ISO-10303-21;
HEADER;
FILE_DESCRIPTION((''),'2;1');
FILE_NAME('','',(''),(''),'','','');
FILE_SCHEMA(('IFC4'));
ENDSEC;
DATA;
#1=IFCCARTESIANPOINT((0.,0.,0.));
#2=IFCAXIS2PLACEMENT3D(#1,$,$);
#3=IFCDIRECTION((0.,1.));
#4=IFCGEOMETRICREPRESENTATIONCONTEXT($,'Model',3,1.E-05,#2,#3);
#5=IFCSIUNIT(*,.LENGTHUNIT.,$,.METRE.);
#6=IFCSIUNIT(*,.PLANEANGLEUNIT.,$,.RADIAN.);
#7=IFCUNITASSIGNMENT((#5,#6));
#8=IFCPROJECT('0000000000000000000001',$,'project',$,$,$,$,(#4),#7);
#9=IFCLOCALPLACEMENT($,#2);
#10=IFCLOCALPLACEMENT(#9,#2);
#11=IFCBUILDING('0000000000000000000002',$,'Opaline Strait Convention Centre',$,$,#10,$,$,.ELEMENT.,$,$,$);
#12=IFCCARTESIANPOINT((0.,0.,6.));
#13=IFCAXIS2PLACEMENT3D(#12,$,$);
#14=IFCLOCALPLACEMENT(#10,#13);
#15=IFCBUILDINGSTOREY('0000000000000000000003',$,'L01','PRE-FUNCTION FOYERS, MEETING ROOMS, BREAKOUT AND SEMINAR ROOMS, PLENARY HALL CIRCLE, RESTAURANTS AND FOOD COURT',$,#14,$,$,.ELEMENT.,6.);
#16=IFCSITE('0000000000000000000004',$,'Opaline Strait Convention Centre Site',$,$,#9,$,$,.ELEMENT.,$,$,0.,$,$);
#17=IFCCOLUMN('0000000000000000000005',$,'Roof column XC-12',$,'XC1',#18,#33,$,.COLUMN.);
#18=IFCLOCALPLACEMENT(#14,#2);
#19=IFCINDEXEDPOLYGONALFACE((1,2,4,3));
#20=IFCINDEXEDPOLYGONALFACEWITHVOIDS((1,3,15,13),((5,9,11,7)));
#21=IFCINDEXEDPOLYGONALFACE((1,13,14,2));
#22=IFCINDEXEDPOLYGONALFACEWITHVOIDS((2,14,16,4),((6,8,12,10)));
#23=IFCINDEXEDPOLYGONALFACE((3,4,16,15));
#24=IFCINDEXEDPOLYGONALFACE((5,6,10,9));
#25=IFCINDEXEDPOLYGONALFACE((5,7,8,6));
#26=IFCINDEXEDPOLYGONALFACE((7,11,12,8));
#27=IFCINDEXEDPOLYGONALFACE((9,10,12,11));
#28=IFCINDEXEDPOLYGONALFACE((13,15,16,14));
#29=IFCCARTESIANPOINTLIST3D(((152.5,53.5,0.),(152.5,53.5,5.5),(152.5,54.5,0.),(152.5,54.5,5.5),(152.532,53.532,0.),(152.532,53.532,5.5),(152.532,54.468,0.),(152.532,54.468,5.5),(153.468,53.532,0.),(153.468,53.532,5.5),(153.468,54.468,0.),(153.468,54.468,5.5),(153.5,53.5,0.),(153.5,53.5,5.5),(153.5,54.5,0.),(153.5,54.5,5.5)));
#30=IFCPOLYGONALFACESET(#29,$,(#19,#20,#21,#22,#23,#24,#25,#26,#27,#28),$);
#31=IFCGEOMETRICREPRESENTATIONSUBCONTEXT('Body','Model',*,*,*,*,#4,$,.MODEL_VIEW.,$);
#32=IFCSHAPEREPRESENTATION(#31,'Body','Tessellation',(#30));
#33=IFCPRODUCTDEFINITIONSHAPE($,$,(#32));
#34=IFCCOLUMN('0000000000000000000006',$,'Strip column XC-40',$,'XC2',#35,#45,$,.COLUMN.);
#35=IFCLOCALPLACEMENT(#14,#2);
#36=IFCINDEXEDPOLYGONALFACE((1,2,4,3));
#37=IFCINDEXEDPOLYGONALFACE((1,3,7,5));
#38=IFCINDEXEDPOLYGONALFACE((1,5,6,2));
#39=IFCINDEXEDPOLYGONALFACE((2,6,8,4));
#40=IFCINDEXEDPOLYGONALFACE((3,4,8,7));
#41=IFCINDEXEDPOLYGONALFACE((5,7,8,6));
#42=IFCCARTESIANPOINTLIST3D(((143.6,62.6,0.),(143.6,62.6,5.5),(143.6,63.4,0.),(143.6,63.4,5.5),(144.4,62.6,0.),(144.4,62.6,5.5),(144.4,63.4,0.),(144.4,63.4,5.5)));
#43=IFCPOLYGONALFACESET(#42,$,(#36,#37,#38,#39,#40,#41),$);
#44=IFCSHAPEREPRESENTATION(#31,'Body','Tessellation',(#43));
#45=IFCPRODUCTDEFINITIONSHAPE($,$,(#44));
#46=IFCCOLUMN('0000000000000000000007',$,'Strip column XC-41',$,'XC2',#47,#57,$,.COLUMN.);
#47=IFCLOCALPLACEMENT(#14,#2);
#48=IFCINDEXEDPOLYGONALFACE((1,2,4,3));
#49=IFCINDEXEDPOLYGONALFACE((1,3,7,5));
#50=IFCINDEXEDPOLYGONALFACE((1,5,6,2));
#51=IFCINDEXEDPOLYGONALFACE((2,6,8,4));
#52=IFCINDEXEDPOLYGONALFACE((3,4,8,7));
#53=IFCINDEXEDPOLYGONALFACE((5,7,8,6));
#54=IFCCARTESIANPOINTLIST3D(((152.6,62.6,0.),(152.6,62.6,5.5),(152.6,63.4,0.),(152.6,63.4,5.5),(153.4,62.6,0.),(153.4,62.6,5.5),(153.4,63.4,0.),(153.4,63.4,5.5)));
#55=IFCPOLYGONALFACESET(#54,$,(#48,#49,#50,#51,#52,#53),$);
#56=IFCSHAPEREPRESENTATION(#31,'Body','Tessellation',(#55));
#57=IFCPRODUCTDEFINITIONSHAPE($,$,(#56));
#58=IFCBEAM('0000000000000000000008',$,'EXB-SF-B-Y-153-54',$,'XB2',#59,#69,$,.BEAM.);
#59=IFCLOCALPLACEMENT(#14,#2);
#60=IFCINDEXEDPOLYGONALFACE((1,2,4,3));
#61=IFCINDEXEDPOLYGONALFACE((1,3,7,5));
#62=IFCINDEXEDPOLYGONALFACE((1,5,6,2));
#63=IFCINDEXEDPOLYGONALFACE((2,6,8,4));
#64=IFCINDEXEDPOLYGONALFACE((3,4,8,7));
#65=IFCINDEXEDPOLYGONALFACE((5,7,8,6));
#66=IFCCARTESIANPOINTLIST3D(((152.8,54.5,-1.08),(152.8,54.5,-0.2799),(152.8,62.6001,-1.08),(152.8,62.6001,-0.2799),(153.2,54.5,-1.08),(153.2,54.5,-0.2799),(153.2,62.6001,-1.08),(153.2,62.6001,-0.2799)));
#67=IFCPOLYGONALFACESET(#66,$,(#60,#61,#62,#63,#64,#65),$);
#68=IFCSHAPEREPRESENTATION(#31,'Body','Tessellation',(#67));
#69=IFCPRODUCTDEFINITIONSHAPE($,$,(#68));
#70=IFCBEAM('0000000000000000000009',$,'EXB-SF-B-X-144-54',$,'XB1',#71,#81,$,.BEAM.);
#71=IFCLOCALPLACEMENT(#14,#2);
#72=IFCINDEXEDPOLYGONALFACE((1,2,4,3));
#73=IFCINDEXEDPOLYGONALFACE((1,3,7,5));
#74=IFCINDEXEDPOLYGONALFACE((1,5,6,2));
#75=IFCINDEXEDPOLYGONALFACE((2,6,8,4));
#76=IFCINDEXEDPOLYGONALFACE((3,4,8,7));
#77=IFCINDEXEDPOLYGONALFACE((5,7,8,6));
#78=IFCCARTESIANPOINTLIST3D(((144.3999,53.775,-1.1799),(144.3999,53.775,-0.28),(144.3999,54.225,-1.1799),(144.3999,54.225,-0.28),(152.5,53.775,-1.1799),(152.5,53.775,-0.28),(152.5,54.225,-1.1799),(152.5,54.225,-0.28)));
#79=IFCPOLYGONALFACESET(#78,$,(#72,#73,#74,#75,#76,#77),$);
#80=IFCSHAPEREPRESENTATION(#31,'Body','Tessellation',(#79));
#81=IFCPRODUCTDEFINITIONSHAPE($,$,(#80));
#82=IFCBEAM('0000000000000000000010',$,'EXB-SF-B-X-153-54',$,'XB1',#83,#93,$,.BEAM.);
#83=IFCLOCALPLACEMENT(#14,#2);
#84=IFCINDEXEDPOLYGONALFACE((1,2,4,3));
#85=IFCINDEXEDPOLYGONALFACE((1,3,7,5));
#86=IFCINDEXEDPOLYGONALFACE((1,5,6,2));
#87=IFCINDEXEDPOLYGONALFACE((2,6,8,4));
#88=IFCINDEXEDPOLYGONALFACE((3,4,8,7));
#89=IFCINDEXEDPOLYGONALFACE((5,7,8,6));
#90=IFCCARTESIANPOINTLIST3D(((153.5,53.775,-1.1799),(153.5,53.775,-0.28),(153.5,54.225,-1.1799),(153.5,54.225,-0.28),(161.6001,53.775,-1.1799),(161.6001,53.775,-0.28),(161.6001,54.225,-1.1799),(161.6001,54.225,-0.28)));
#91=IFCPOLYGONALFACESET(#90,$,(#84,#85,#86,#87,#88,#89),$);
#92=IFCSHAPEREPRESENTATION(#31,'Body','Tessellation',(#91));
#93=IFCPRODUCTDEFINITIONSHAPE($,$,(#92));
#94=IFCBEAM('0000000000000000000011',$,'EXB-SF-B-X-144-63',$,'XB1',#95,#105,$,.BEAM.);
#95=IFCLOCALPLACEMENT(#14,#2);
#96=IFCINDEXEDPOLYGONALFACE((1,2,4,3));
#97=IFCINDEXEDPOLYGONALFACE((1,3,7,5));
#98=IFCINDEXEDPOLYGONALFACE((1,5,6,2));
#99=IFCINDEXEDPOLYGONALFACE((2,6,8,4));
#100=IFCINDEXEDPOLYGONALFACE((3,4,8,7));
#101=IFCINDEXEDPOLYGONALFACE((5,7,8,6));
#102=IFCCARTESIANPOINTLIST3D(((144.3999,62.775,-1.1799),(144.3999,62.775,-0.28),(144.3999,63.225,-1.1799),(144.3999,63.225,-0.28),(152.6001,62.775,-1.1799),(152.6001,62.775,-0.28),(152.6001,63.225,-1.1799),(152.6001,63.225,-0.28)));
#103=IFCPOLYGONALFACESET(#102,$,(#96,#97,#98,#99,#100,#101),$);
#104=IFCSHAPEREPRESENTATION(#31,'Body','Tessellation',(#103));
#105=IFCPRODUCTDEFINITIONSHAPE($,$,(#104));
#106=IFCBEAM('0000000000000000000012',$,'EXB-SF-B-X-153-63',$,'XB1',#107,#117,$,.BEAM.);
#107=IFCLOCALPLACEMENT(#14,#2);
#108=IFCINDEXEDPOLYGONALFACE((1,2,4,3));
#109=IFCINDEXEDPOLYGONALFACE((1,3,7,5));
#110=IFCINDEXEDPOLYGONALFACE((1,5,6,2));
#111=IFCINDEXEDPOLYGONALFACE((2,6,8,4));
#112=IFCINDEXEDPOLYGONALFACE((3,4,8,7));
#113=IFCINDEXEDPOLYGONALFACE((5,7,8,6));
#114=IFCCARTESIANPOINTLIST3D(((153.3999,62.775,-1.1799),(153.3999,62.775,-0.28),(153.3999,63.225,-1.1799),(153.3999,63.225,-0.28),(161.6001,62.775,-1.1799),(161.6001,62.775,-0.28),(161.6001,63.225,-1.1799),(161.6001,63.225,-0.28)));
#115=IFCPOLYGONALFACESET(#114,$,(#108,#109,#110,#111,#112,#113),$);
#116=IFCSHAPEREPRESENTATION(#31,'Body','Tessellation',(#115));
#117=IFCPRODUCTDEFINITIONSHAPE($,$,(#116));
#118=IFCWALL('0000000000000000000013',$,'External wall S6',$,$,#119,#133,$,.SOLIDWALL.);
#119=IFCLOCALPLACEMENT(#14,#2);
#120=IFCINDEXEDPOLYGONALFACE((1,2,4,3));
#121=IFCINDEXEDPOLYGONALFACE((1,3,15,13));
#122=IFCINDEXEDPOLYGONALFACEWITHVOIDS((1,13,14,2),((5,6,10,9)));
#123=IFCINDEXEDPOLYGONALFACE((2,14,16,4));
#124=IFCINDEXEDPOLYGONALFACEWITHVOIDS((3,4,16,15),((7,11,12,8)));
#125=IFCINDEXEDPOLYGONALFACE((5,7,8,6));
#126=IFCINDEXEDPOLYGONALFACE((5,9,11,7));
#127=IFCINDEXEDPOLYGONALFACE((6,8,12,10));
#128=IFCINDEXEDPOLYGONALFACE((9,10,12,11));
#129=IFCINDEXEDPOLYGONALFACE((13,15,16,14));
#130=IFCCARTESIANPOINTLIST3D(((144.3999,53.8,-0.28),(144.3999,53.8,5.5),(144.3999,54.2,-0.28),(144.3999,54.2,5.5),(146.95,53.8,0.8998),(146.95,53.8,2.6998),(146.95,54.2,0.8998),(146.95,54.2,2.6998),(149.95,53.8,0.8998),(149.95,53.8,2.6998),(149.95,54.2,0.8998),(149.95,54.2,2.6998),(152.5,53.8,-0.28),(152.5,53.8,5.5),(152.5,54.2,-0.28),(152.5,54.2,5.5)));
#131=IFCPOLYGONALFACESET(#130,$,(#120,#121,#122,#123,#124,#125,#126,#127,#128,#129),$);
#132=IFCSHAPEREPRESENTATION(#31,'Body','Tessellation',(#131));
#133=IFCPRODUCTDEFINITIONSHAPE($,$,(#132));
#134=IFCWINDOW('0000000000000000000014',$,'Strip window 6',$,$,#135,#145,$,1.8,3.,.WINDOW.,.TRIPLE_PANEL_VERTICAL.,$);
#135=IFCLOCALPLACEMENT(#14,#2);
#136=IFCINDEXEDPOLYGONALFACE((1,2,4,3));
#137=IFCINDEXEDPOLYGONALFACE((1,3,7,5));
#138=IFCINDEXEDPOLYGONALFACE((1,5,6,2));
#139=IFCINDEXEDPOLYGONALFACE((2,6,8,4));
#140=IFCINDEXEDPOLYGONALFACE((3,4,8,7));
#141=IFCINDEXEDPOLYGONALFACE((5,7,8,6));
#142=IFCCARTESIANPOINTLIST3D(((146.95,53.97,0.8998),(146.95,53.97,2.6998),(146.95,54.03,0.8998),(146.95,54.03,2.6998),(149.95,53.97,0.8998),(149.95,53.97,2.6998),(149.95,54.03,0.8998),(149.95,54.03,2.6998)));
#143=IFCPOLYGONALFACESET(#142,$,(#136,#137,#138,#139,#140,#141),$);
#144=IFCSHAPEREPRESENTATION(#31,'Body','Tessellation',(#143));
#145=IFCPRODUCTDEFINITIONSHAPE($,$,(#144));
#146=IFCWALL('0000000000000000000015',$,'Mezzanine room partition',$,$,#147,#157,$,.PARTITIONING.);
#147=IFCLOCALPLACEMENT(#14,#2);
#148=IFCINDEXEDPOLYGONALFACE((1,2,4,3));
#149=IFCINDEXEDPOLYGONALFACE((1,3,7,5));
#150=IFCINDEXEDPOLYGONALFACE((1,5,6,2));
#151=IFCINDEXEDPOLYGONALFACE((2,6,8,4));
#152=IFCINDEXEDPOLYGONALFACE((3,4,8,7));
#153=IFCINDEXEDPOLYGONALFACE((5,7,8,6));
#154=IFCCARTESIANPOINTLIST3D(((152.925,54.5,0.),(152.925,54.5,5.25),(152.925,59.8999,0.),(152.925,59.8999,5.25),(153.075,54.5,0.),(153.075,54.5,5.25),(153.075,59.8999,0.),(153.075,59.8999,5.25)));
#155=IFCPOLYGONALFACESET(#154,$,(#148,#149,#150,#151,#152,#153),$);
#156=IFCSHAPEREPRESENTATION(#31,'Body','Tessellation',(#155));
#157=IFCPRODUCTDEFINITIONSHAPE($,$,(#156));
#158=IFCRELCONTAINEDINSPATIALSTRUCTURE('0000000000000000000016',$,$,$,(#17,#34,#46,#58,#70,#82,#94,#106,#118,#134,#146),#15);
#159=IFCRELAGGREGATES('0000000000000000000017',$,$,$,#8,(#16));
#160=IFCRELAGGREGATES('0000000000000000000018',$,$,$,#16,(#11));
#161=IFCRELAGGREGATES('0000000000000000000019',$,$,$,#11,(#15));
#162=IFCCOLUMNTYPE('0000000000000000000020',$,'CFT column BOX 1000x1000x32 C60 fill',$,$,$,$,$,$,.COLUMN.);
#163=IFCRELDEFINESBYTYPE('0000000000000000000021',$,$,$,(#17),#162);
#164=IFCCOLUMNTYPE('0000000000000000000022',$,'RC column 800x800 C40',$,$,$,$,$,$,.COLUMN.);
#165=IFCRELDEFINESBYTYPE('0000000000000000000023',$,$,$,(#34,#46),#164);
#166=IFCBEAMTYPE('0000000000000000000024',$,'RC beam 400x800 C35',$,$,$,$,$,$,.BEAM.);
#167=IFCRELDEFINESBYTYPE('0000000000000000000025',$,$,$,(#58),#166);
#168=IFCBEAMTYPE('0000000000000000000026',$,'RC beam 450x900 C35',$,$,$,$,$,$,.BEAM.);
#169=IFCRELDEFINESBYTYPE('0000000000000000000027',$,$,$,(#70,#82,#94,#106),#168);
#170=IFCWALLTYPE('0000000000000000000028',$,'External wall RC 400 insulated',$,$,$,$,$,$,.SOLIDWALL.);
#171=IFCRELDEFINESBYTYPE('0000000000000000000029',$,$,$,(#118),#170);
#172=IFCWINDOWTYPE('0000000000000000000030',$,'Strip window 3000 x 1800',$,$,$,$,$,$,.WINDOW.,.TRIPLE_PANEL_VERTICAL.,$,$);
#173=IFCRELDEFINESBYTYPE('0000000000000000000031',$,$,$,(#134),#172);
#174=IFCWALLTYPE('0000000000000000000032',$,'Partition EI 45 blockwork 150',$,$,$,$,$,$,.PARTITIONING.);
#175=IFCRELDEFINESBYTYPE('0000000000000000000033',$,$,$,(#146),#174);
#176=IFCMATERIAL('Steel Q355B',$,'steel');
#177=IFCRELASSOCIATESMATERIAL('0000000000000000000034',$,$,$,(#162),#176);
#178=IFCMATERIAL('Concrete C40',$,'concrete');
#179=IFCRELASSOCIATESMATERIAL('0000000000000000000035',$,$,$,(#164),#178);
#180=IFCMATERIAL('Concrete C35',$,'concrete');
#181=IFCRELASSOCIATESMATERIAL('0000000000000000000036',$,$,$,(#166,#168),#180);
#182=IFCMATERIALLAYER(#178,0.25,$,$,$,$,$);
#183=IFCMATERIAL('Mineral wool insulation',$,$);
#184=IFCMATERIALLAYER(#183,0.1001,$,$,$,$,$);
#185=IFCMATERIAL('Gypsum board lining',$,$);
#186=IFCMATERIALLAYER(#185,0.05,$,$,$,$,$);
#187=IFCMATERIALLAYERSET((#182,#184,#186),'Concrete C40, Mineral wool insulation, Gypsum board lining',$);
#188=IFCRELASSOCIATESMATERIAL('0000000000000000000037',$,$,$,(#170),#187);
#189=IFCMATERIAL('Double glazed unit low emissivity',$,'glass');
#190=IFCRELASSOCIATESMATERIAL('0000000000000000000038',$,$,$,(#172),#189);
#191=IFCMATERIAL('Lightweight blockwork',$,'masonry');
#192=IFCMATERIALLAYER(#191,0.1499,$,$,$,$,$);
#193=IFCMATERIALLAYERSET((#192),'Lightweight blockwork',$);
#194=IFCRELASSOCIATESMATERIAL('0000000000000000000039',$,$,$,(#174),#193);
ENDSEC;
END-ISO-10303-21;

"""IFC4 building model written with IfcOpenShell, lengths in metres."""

from ifc_helpers import new_model, si_unit, direction, frame, frame_2d, origin, origin_2d, place, context, subcontext, project, spatial, rectangle, hollow_rectangle, extrude, material, layer, layer_set, material_profile, profile_set, type_object, element, fill, save


model = new_model("IFC4")

# Units and contexts
model_context = context("Model", 3, precision=1e-05, world=origin(), true_north=direction((0.0, 1.0)))
body_context = subcontext(model_context, "Body", "Model", "MODEL_VIEW")
ifc_project = project(units=[si_unit("LENGTHUNIT", "METRE"), si_unit("PLANEANGLEUNIT", "RADIAN")], contexts=[model_context])

# Site, building, storey
site_placement = place(None, origin())
site = spatial("IfcSite", under=ifc_project, at=site_placement, Name="Opaline Strait Convention Centre Site", CompositionType="ELEMENT", RefElevation=0.0)
building_placement = place(site_placement, origin())
building = spatial("IfcBuilding", under=site, at=building_placement, Name="Opaline Strait Convention Centre", CompositionType="ELEMENT")
storey_placement = place(building_placement, frame((0.0, 0.0, 6.0)))
storey = spatial("IfcBuildingStorey", under=building, at=storey_placement, Name="L01", Description="PRE-FUNCTION FOYERS, MEETING ROOMS, BREAKOUT AND SEMINAR ROOMS, PLENARY HALL CIRCLE, RESTAURANTS AND FOOD COURT", CompositionType="ELEMENT", Elevation=6.0)

# Columns
ifc_material_1 = material(Name="Steel Q355B", Category="steel")
ifc_material_profile_1 = material_profile(ifc_material_1, hollow_rectangle(XDim=1.0, YDim=1.0, WallThickness=0.032, at=origin_2d()), Name="BOX 1000x1000x32")
ifc_profile_set_1 = profile_set([ifc_material_profile_1], Name="Steel Q355B")
column_type_1 = type_object("IfcColumnType", Name="CFT column BOX 1000x1000x32 C60 fill", PredefinedType="COLUMN", material=ifc_profile_set_1)
column_placement = place(storey_placement, frame((153.0, 54.0, 0.0), z_axis=(0.0, 0.0, 1.0), x_axis=(1.0, 0.0, 0.0)))
element("IfcColumn", 1, at=column_placement, inside=storey, type_object=column_type_1, Name="Roof column XC-12", ObjectType="XC1", PredefinedType="COLUMN", context=body_context, shape_type="SweptSolid", body=[
    extrude(hollow_rectangle(XDim=1.0, YDim=1.0, WallThickness=0.032, at=origin_2d()), origin(), (0.0, 0.0, 1.0), 5.5),
])
ifc_material_2 = material(Name="Concrete C40", Category="concrete")
ifc_material_profile_2 = material_profile(ifc_material_2, rectangle(XDim=0.8, YDim=0.8, at=origin_2d()), Name="RC 800x800")
ifc_profile_set_2 = profile_set([ifc_material_profile_2], Name="Concrete C40")
column_type_2 = type_object("IfcColumnType", Name="RC column 800x800 C40", PredefinedType="COLUMN", material=ifc_profile_set_2)
for number, where, z_axis, x_axis, name in (
    (2, (144.0, 63.0, 0.0), (0.0, 0.0, 1.0), (1.0, 0.0, 0.0), "Strip column XC-40"),
    (3, (153.0, 63.0, 0.0), (0.0, 0.0, 1.0), (1.0, 0.0, 0.0), "Strip column XC-41"),
):
    element("IfcColumn", number, at=place(storey_placement, frame(where, z_axis=z_axis, x_axis=x_axis)), inside=storey, type_object=column_type_2, Name=name, ObjectType="XC2", PredefinedType="COLUMN", context=body_context, shape_type="SweptSolid", body=[
        extrude(rectangle(XDim=0.8, YDim=0.8, at=origin_2d()), origin(), (0.0, 0.0, 1.0), 5.5),
    ])

# Beams
ifc_material_3 = material(Name="Concrete C35", Category="concrete")
ifc_material_profile_3 = material_profile(ifc_material_3, rectangle(XDim=0.3999, YDim=0.8, at=origin_2d()), Name="RC 400x800")
ifc_profile_set_3 = profile_set([ifc_material_profile_3], Name="Concrete C35")
beam_type_1 = type_object("IfcBeamType", Name="RC beam 400x800 C35", PredefinedType="BEAM", material=ifc_profile_set_3)
beam_placement = place(storey_placement, frame((153.0, 54.5, -0.6799), z_axis=(0.0, 1.0, 0.0), x_axis=(-1.0, 0.0, 0.0)))
element("IfcBeam", 4, at=beam_placement, inside=storey, type_object=beam_type_1, Name="EXB-SF-B-Y-153-54", ObjectType="XB2", PredefinedType="BEAM", context=body_context, shape_type="SweptSolid", body=[
    extrude(rectangle(XDim=0.3999, YDim=0.8, at=origin_2d()), origin(), (0.0, 0.0, 1.0), 8.1001),
])
ifc_material_profile_4 = material_profile(ifc_material_3, rectangle(XDim=0.45, YDim=0.8999, at=origin_2d()), Name="RC 450x900")
ifc_profile_set_4 = profile_set([ifc_material_profile_4], Name="Concrete C35")
beam_type_2 = type_object("IfcBeamType", Name="RC beam 450x900 C35", PredefinedType="BEAM", material=ifc_profile_set_4)
for number, where, z_axis, x_axis, name in (
    (5, (144.3999, 54.0, -0.73), (1.0, 0.0, 0.0), (0.0, 1.0, 0.0), "EXB-SF-B-X-144-54"),
    (6, (153.5, 54.0, -0.73), (1.0, 0.0, 0.0), (0.0, 1.0, 0.0), "EXB-SF-B-X-153-54"),
):
    element("IfcBeam", number, at=place(storey_placement, frame(where, z_axis=z_axis, x_axis=x_axis)), inside=storey, type_object=beam_type_2, Name=name, ObjectType="XB1", PredefinedType="BEAM", context=body_context, shape_type="SweptSolid", body=[
        extrude(rectangle(XDim=0.45, YDim=0.8999, at=origin_2d()), origin(), (0.0, 0.0, 1.0), 8.1001),
    ])
for number, where, z_axis, x_axis, name in (
    (7, (144.3999, 63.0, -0.73), (1.0, 0.0, 0.0), (0.0, 1.0, 0.0), "EXB-SF-B-X-144-63"),
    (8, (153.3999, 63.0, -0.73), (1.0, 0.0, 0.0), (0.0, 1.0, 0.0), "EXB-SF-B-X-153-63"),
):
    element("IfcBeam", number, at=place(storey_placement, frame(where, z_axis=z_axis, x_axis=x_axis)), inside=storey, type_object=beam_type_2, Name=name, ObjectType="XB1", PredefinedType="BEAM", context=body_context, shape_type="SweptSolid", body=[
        extrude(rectangle(XDim=0.45, YDim=0.8999, at=origin_2d()), origin(), (0.0, 0.0, 1.0), 8.2002),
    ])

# Wall, opening, window
ifc_layer_1 = layer(ifc_material_2, 0.25)
ifc_material_4 = material(Name="Mineral wool insulation")
ifc_layer_2 = layer(ifc_material_4, 0.1001)
ifc_material_5 = material(Name="Gypsum board lining")
ifc_layer_3 = layer(ifc_material_5, 0.05)
ifc_layer_set_1 = layer_set([ifc_layer_1, ifc_layer_2, ifc_layer_3], Name="Concrete C40, Mineral wool insulation, Gypsum board lining")
wall_type_1 = type_object("IfcWallType", Name="External wall RC 400 insulated", PredefinedType="SOLIDWALL", material=ifc_layer_set_1)
wall_1_placement = place(storey_placement, frame((144.3999, 54.0, -0.28), z_axis=(0.0, 0.0, 1.0), x_axis=(1.0, 0.0, 0.0)))
wall_1 = element("IfcWall", 9, at=wall_1_placement, inside=storey, type_object=wall_type_1, Name="External wall S6", PredefinedType="SOLIDWALL", context=body_context, shape_type="SweptSolid", body=[
    extrude(rectangle(XDim=8.1001, YDim=0.3999, at=frame_2d((4.05, 0.0))), origin(), (0.0, 0.0, 1.0), 5.78),
])
opening_1_placement = place(wall_1_placement, frame((2.55, 0.0, 1.1799)))
opening_1 = element("IfcOpeningElement", 10, at=opening_1_placement, cuts=wall_1, PredefinedType="OPENING", context=body_context, shape_type="SweptSolid", body=[
    extrude(rectangle(XDim=3.0, YDim=1.8, at=frame_2d((1.5, 0.8999))), frame((0.0, 0.21, 0.0), z_axis=(0.0, -1.0, 0.0), x_axis=(1.0, 0.0, 0.0)), (0.0, 0.0, 1.0), 0.4199),
])
ifc_material_6 = material(Name="Double glazed unit low emissivity", Category="glass")
window_type = type_object("IfcWindowType", Name="Strip window 3000 x 1800", PartitioningType="TRIPLE_PANEL_VERTICAL", PredefinedType="WINDOW", material=ifc_material_6)
window_placement = place(opening_1_placement, origin())
window = element("IfcWindow", 11, at=window_placement, inside=storey, type_object=window_type, Name="Strip window 6", OverallHeight=1.8, OverallWidth=3.0, PartitioningType="TRIPLE_PANEL_VERTICAL", PredefinedType="WINDOW", context=body_context, shape_type="SweptSolid", body=[
    extrude(rectangle(XDim=3.0, YDim=1.8, at=frame_2d((1.5, 0.8999))), frame((0.0, 0.03, 0.0), z_axis=(0.0, -1.0, 0.0), x_axis=(1.0, 0.0, 0.0)), (0.0, 0.0, 1.0), 0.0601),
])
fill(opening_1, window)

# Wall
ifc_material_7 = material(Name="Lightweight blockwork", Category="masonry")
ifc_layer_4 = layer(ifc_material_7, 0.1499)
ifc_layer_set_2 = layer_set([ifc_layer_4], Name="Lightweight blockwork")
wall_type_2 = type_object("IfcWallType", Name="Partition EI 45 blockwork 150", PredefinedType="PARTITIONING", material=ifc_layer_set_2)
wall_2_placement = place(storey_placement, frame((153.0, 54.5, 0.0), z_axis=(0.0, 0.0, 1.0), x_axis=(0.0, 1.0, 0.0)))
element("IfcWall", 12, at=wall_2_placement, inside=storey, type_object=wall_type_2, Name="Mezzanine room partition", PredefinedType="PARTITIONING", context=body_context, shape_type="SweptSolid", body=[
    extrude(rectangle(XDim=5.3999, YDim=0.1499, at=frame_2d((2.7, 0.0))), origin(), (0.0, 0.0, 1.0), 5.25),
])

save(model, "model.ifc")
